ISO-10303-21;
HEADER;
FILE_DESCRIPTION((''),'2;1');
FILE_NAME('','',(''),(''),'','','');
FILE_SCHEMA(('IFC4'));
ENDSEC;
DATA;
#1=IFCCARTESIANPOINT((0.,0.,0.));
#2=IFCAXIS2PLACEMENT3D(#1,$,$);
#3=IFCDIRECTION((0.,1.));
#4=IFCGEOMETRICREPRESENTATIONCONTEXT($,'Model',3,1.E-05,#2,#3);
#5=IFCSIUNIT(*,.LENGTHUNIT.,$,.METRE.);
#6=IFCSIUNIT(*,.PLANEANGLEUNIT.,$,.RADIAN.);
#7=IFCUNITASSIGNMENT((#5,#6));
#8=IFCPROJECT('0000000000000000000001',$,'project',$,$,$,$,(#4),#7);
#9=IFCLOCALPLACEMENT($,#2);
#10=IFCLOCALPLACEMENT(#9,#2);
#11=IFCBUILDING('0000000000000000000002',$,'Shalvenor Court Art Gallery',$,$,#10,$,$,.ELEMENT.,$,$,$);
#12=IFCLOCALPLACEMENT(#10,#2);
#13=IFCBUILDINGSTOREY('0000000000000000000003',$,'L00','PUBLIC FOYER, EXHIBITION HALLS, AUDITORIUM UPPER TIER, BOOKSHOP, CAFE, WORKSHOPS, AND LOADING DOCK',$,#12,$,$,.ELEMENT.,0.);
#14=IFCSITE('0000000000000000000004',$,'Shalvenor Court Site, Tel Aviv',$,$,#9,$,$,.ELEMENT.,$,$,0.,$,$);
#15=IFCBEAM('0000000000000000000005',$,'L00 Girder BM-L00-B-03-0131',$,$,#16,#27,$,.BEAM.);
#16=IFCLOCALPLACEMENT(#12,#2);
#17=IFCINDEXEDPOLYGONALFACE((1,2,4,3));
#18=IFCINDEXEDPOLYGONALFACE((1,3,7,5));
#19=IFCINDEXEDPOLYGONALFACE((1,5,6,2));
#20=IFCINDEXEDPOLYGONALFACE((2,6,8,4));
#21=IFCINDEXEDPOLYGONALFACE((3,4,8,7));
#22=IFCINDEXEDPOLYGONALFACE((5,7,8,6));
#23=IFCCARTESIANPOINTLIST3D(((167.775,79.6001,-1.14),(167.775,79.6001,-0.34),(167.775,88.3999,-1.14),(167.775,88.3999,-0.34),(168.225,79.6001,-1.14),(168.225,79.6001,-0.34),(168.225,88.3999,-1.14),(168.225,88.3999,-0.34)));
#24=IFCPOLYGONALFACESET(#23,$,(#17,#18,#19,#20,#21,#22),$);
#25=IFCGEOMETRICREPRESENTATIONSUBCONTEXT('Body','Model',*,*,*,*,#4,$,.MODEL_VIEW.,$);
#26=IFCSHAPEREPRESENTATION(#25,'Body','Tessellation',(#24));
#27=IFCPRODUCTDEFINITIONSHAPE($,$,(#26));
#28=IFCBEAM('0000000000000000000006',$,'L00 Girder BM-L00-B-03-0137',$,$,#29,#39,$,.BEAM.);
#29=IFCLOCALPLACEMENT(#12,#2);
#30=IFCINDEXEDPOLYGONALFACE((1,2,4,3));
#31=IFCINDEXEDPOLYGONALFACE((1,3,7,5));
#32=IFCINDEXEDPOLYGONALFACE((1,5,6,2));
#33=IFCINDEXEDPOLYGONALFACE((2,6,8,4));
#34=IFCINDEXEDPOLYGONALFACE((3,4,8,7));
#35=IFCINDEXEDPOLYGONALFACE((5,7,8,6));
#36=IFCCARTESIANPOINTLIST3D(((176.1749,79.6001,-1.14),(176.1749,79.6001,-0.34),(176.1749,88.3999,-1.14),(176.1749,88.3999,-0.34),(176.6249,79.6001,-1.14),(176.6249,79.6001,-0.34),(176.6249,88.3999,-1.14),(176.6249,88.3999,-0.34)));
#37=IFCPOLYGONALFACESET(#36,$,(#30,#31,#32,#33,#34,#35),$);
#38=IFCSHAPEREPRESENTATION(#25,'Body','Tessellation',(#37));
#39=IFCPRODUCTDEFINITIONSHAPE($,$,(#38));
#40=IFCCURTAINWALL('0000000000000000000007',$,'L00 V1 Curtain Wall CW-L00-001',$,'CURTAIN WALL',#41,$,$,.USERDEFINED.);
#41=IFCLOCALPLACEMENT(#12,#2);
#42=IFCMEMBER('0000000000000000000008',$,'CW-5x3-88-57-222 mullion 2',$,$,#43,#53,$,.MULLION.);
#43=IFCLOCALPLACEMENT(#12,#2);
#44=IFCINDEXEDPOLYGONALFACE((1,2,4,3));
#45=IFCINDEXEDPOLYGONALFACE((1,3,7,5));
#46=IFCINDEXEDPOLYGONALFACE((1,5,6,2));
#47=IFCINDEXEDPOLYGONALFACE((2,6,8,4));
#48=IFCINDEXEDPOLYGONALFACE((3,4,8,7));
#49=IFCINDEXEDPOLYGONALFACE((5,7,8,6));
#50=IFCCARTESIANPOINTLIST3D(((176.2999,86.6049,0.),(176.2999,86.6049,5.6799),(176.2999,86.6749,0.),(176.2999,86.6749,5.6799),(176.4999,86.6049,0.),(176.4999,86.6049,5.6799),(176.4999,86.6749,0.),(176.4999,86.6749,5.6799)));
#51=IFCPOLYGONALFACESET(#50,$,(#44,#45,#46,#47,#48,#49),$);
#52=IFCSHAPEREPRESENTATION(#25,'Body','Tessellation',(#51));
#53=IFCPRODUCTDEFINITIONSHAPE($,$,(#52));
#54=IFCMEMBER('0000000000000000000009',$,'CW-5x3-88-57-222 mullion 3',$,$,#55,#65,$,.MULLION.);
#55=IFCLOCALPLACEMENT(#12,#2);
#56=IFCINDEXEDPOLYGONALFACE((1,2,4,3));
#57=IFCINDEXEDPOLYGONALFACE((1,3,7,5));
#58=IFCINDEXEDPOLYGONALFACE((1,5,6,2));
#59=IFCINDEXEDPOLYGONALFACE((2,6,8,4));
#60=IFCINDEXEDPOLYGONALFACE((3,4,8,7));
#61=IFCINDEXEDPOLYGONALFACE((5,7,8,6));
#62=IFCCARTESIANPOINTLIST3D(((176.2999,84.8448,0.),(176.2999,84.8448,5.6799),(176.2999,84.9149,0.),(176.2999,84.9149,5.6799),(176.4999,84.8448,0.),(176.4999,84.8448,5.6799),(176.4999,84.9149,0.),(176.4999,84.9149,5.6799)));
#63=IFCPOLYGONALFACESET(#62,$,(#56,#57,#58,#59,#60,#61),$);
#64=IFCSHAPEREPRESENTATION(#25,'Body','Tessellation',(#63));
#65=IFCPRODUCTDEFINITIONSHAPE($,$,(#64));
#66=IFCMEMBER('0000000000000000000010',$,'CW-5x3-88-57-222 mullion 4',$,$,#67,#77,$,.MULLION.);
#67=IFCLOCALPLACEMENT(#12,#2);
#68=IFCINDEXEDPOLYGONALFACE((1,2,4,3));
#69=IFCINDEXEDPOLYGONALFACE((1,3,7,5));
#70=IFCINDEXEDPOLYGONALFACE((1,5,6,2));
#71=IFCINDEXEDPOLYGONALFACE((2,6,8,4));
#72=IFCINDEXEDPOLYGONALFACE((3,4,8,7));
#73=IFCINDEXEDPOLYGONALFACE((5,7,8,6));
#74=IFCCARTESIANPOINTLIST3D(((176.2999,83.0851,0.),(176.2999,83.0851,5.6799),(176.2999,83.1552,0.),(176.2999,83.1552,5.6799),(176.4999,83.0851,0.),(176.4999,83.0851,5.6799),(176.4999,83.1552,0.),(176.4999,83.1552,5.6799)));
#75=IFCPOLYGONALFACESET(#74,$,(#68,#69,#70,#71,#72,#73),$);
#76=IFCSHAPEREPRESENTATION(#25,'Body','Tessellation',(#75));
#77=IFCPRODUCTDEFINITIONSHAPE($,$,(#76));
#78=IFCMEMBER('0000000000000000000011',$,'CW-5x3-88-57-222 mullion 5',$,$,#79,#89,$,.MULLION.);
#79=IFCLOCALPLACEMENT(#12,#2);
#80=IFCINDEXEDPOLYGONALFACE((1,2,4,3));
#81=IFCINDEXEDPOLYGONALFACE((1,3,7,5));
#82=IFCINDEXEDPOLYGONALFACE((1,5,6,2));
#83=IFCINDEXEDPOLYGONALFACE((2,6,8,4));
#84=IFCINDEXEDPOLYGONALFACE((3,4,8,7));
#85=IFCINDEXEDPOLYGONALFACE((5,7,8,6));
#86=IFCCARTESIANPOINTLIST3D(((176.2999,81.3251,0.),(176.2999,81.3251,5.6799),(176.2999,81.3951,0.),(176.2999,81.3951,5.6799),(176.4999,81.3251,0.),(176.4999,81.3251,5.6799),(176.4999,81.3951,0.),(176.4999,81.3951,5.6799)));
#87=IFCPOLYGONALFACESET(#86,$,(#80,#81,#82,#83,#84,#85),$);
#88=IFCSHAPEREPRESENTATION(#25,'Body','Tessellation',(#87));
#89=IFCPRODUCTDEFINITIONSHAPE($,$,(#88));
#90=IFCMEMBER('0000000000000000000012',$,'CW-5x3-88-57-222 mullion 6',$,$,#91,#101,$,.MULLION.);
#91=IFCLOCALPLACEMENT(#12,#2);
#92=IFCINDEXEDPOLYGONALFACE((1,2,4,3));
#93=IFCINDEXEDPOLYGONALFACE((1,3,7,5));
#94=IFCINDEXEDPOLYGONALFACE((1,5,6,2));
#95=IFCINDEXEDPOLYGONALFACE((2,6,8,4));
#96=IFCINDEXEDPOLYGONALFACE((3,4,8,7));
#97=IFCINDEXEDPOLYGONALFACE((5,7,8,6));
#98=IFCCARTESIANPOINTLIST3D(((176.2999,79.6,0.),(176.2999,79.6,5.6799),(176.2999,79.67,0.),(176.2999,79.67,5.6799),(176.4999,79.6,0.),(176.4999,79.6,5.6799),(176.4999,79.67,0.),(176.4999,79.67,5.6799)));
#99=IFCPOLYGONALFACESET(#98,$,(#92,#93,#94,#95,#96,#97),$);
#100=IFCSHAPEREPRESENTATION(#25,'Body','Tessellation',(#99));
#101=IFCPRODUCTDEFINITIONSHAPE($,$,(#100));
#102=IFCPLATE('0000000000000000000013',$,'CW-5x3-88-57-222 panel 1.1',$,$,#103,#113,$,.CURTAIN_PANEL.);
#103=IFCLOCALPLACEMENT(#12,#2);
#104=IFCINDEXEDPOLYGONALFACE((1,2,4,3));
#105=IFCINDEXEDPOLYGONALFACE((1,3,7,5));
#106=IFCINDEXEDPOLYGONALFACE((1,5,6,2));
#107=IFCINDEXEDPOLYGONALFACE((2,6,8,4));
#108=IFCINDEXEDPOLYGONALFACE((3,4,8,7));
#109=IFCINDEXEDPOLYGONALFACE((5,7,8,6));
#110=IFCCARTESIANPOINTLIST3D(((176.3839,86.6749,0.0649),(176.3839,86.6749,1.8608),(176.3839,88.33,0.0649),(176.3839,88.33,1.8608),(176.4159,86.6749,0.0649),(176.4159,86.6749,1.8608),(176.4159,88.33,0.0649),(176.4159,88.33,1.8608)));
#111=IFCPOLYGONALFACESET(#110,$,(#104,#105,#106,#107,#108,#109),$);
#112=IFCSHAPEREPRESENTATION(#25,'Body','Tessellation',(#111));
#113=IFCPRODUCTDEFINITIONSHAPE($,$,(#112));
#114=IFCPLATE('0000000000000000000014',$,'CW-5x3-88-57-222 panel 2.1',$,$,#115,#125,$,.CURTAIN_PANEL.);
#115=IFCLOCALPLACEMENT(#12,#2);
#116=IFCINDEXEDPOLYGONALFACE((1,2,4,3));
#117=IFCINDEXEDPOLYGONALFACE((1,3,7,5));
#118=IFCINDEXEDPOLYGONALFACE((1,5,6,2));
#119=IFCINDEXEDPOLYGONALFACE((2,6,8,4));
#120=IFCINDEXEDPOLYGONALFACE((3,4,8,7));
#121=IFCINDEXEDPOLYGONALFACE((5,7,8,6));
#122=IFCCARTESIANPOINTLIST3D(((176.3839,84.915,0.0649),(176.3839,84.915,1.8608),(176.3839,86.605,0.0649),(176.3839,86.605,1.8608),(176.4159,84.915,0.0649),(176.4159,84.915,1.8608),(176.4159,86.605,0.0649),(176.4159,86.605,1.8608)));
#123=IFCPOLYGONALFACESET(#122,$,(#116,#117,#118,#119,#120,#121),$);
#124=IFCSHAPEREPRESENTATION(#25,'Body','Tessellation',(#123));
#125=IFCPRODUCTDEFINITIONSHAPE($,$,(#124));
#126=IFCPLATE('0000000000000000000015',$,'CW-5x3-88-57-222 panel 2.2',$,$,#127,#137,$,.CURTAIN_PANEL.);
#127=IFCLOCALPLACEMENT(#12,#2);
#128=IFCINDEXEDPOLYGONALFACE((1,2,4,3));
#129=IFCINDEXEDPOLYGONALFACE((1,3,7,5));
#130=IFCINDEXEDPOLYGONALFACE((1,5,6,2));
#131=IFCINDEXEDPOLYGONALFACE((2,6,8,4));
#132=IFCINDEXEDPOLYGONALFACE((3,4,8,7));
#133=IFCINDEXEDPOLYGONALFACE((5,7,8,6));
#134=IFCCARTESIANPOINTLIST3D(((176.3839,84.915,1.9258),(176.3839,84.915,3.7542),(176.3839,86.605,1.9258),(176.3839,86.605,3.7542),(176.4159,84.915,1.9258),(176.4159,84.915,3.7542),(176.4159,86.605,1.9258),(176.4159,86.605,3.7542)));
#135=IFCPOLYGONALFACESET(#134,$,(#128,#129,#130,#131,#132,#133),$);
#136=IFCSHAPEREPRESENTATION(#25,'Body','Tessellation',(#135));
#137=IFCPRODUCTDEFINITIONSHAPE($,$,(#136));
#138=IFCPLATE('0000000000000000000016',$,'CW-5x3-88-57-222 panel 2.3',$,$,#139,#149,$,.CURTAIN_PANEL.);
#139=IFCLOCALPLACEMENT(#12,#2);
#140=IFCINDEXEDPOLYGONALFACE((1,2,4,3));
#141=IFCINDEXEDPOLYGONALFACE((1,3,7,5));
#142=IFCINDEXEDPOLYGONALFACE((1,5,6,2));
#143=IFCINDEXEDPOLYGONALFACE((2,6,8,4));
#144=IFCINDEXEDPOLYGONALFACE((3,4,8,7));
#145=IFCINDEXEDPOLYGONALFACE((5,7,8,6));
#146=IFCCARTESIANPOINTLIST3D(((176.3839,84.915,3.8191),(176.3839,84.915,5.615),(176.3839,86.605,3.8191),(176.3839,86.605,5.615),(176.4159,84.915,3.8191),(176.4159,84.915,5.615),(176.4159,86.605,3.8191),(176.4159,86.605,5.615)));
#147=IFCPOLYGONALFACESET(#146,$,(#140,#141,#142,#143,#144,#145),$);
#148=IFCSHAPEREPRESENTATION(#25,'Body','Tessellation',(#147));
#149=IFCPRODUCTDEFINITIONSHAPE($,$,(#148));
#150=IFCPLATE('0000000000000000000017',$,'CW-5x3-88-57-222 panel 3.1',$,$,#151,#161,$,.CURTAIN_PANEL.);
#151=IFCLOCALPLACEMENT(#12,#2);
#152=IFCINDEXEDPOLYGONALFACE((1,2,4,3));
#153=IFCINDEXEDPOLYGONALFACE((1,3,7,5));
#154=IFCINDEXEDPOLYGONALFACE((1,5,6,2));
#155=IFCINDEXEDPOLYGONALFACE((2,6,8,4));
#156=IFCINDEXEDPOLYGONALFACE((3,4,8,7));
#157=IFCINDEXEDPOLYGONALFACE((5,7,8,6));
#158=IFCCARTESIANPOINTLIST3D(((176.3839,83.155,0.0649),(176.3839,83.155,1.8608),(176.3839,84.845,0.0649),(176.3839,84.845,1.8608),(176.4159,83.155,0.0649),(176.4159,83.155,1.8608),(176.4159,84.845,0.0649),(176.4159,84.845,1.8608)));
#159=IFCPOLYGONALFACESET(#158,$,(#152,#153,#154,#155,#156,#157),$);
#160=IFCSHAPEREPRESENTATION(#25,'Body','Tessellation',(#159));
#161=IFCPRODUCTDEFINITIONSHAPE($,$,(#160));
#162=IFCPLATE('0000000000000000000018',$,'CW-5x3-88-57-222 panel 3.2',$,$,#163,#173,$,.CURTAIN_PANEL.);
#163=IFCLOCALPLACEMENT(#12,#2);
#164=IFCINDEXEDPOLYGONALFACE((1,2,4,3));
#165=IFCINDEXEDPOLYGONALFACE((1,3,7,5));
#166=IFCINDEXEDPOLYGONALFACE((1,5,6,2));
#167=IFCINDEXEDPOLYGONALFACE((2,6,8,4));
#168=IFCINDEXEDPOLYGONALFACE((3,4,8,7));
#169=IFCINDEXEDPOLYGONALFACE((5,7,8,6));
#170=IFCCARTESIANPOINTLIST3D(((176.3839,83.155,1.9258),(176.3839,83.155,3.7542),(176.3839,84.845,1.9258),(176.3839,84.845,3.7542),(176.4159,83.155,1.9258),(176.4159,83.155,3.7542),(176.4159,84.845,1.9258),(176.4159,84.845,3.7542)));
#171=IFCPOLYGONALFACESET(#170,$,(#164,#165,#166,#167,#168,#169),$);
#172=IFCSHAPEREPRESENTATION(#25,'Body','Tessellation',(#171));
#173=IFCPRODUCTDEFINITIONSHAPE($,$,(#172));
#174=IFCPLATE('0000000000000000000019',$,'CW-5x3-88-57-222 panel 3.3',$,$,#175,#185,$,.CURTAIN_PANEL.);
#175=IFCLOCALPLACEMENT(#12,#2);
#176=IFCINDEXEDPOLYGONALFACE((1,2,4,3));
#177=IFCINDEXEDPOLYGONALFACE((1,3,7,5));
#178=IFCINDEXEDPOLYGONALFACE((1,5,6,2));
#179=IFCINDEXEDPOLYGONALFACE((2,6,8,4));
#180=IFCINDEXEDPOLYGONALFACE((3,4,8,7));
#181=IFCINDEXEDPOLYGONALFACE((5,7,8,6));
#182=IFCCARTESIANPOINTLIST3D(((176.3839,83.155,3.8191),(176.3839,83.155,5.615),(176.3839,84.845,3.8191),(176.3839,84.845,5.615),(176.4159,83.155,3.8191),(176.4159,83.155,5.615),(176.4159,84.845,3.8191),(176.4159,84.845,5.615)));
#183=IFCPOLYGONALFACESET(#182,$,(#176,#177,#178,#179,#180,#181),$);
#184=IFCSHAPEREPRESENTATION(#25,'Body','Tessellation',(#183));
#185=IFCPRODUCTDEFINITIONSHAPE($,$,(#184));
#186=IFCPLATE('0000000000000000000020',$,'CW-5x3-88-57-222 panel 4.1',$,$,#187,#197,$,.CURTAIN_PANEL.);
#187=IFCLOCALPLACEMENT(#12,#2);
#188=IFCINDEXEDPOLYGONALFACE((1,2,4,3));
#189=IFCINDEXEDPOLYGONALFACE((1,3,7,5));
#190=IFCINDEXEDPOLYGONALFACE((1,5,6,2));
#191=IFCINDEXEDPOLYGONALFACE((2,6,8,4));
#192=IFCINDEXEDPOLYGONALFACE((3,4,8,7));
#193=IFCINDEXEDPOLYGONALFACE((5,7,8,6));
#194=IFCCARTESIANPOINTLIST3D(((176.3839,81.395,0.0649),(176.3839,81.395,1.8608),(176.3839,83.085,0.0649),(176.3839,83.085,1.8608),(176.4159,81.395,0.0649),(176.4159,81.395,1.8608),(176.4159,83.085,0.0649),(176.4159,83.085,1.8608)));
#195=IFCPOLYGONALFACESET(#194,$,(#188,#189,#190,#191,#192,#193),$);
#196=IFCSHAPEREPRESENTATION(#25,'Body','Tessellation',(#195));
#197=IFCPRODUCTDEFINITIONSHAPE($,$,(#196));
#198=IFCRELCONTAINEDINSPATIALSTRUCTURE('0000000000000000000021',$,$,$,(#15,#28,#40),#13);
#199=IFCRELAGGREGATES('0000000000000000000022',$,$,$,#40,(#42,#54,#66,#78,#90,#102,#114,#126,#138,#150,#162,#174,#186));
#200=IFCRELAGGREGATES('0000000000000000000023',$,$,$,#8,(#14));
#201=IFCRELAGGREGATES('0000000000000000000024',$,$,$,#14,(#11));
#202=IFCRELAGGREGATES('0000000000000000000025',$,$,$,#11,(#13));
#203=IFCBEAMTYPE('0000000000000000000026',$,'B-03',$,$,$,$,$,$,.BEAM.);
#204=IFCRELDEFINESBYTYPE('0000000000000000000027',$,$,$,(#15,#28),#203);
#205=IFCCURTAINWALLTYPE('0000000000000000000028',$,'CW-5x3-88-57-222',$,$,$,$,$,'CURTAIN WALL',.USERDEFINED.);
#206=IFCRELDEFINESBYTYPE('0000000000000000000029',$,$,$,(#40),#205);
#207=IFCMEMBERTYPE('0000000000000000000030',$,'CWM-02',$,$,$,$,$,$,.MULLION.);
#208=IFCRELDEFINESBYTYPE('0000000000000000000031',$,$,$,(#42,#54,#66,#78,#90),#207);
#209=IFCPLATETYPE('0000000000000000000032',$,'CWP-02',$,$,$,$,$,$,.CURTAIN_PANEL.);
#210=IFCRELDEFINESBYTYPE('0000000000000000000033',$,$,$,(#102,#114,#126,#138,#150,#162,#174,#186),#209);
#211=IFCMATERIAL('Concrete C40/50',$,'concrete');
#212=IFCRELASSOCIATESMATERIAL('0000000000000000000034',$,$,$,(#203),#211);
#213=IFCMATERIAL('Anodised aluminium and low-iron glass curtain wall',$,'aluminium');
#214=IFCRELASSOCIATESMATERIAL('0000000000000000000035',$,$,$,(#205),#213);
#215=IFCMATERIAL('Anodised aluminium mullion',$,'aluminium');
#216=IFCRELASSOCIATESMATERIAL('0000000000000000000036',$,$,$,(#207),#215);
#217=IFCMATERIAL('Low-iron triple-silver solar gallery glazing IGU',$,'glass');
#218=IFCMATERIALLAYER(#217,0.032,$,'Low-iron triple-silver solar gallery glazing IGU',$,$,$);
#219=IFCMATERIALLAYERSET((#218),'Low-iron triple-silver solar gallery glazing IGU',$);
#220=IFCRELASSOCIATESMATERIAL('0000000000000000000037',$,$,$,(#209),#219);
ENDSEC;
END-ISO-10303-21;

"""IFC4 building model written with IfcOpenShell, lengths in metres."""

from ifc_helpers import new_model, si_unit, direction, frame, origin, origin_2d, place, context, subcontext, project, spatial, rectangle, extrude, material, layer, layer_set, material_profile, profile_set, type_object, element, aggregate, save


model = new_model("IFC4")

# Units and contexts
model_context = context("Model", 3, precision=1e-05, world=origin(), true_north=direction((0.0, 1.0)))
body_context = subcontext(model_context, "Body", "Model", "MODEL_VIEW")
ifc_project = project(units=[si_unit("LENGTHUNIT", "METRE"), si_unit("PLANEANGLEUNIT", "RADIAN")], contexts=[model_context])

# Site, building, storey
site_placement = place(None, origin())
site = spatial("IfcSite", under=ifc_project, at=site_placement, Name="Shalvenor Court Site, Tel Aviv", CompositionType="ELEMENT", RefElevation=0.0)
building_placement = place(site_placement, origin())
building = spatial("IfcBuilding", under=site, at=building_placement, Name="Shalvenor Court Art Gallery", CompositionType="ELEMENT")
storey_placement = place(building_placement, origin())
storey = spatial("IfcBuildingStorey", under=building, at=storey_placement, Name="L00", Description="PUBLIC FOYER, EXHIBITION HALLS, AUDITORIUM UPPER TIER, BOOKSHOP, CAFE, WORKSHOPS, AND LOADING DOCK", CompositionType="ELEMENT", Elevation=0.0)

# Beams
ifc_material_1 = material(Name="Concrete C40/50", Category="concrete")
ifc_material_profile_1 = material_profile(ifc_material_1, rectangle(XDim=0.45, YDim=0.8, at=origin_2d()), Name="RC 450x800")
ifc_profile_set_1 = profile_set([ifc_material_profile_1], Name="Concrete C40/50")
beam_type = type_object("IfcBeamType", Name="B-03", PredefinedType="BEAM", material=ifc_profile_set_1)
for number, where, z_axis, x_axis, name in (
    (1, (168.0, 79.6001, -0.74), (0.0, 1.0, 0.0), (-1.0, 0.0, 0.0), "L00 Girder BM-L00-B-03-0131"),
    (2, (176.3999, 79.6001, -0.74), (0.0, 1.0, 0.0), (-1.0, 0.0, 0.0), "L00 Girder BM-L00-B-03-0137"),
):
    element("IfcBeam", number, at=place(storey_placement, frame(where, z_axis=z_axis, x_axis=x_axis)), inside=storey, type_object=beam_type, Name=name, PredefinedType="BEAM", context=body_context, shape_type="SweptSolid", body=[
        extrude(rectangle(XDim=0.45, YDim=0.8, at=origin_2d()), origin(), (0.0, 0.0, 1.0), 8.7998),
    ])

# Curtain wall, members, plates
ifc_material_2 = material(Name="Anodised aluminium and low-iron glass curtain wall", Category="aluminium")
curtain_wall_type = type_object("IfcCurtainWallType", Name="CW-5x3-88-57-222", ElementType="CURTAIN WALL", PredefinedType="USERDEFINED", material=ifc_material_2)
curtain_wall_placement = place(storey_placement, origin())
curtain_wall = element("IfcCurtainWall", 3, at=curtain_wall_placement, inside=storey, type_object=curtain_wall_type, Name="L00 V1 Curtain Wall CW-L00-001", ObjectType="CURTAIN WALL", PredefinedType="USERDEFINED")
ifc_material_3 = material(Name="Anodised aluminium mullion", Category="aluminium")
ifc_material_profile_2 = material_profile(ifc_material_3, rectangle(XDim=0.0701, YDim=0.2, at=origin_2d()), Name="CWM-02")
ifc_profile_set_2 = profile_set([ifc_material_profile_2], Name="Anodised aluminium mullion")
member_type = type_object("IfcMemberType", Name="CWM-02", PredefinedType="MULLION", material=ifc_profile_set_2)
member_1_placement = place(storey_placement, frame((176.3999, 86.6399, 0.0), z_axis=(0.0, 0.0, 1.0), x_axis=(0.0, -1.0, 0.0)))
member_1 = element("IfcMember", 4, at=member_1_placement, type_object=member_type, Name="CW-5x3-88-57-222 mullion 2", PredefinedType="MULLION", context=body_context, shape_type="SweptSolid", body=[
    extrude(rectangle(XDim=0.0701, YDim=0.2, at=origin_2d()), origin(), (0.0, 0.0, 1.0), 5.6799),
])
member_2_placement = place(storey_placement, frame((176.3999, 84.8799, 0.0), z_axis=(0.0, 0.0, 1.0), x_axis=(0.0, -1.0, 0.0)))
member_2 = element("IfcMember", 5, at=member_2_placement, type_object=member_type, Name="CW-5x3-88-57-222 mullion 3", PredefinedType="MULLION", context=body_context, shape_type="SweptSolid", body=[
    extrude(rectangle(XDim=0.0701, YDim=0.2, at=origin_2d()), origin(), (0.0, 0.0, 1.0), 5.6799),
])
member_3_placement = place(storey_placement, frame((176.3999, 83.1201, 0.0), z_axis=(0.0, 0.0, 1.0), x_axis=(0.0, -1.0, 0.0)))
member_3 = element("IfcMember", 6, at=member_3_placement, type_object=member_type, Name="CW-5x3-88-57-222 mullion 4", PredefinedType="MULLION", context=body_context, shape_type="SweptSolid", body=[
    extrude(rectangle(XDim=0.0701, YDim=0.2, at=origin_2d()), origin(), (0.0, 0.0, 1.0), 5.6799),
])
member_4_placement = place(storey_placement, frame((176.3999, 81.3601, 0.0), z_axis=(0.0, 0.0, 1.0), x_axis=(0.0, -1.0, 0.0)))
member_4 = element("IfcMember", 7, at=member_4_placement, type_object=member_type, Name="CW-5x3-88-57-222 mullion 5", PredefinedType="MULLION", context=body_context, shape_type="SweptSolid", body=[
    extrude(rectangle(XDim=0.0701, YDim=0.2, at=origin_2d()), origin(), (0.0, 0.0, 1.0), 5.6799),
])
member_5_placement = place(storey_placement, frame((176.3999, 79.635, 0.0), z_axis=(0.0, 0.0, 1.0), x_axis=(0.0, -1.0, 0.0)))
member_5 = element("IfcMember", 8, at=member_5_placement, type_object=member_type, Name="CW-5x3-88-57-222 mullion 6", PredefinedType="MULLION", context=body_context, shape_type="SweptSolid", body=[
    extrude(rectangle(XDim=0.0701, YDim=0.2, at=origin_2d()), origin(), (0.0, 0.0, 1.0), 5.6799),
])
ifc_material_4 = material(Name="Low-iron triple-silver solar gallery glazing IGU", Category="glass")
ifc_layer_1 = layer(ifc_material_4, 0.032, Name="Low-iron triple-silver solar gallery glazing IGU")
ifc_layer_set_1 = layer_set([ifc_layer_1], Name="Low-iron triple-silver solar gallery glazing IGU")
plate_type_1 = type_object("IfcPlateType", Name="CWP-02", PredefinedType="CURTAIN_PANEL", material=ifc_layer_set_1)
plate_1_placement = place(storey_placement, frame((176.3999, 87.5024, 0.0649), z_axis=(0.0, 0.0, 1.0), x_axis=(0.0, -1.0, 0.0)))
plate_1 = element("IfcPlate", 9, at=plate_1_placement, type_object=plate_type_1, Name="CW-5x3-88-57-222 panel 1.1", PredefinedType="CURTAIN_PANEL", context=body_context, shape_type="SweptSolid", body=[
    extrude(rectangle(XDim=1.655, YDim=0.032, at=origin_2d()), origin(), (0.0, 0.0, 1.0), 1.7959),
])
plate_2_placement = place(storey_placement, frame((176.3999, 85.76, 0.0649), z_axis=(0.0, 0.0, 1.0), x_axis=(0.0, -1.0, 0.0)))
plate_2 = element("IfcPlate", 10, at=plate_2_placement, type_object=plate_type_1, Name="CW-5x3-88-57-222 panel 2.1", PredefinedType="CURTAIN_PANEL", context=body_context, shape_type="SweptSolid", body=[
    extrude(rectangle(XDim=1.6899, YDim=0.032, at=origin_2d()), origin(), (0.0, 0.0, 1.0), 1.7959),
])
plate_3_placement = place(storey_placement, frame((176.3999, 85.76, 1.9258), z_axis=(0.0, 0.0, 1.0), x_axis=(0.0, -1.0, 0.0)))
plate_3 = element("IfcPlate", 11, at=plate_3_placement, type_object=plate_type_1, Name="CW-5x3-88-57-222 panel 2.2", PredefinedType="CURTAIN_PANEL", context=body_context, shape_type="SweptSolid", body=[
    extrude(rectangle(XDim=1.6899, YDim=0.032, at=origin_2d()), origin(), (0.0, 0.0, 1.0), 1.8284),
])
plate_4_placement = place(storey_placement, frame((176.3999, 85.76, 3.8191), z_axis=(0.0, 0.0, 1.0), x_axis=(0.0, -1.0, 0.0)))
plate_4 = element("IfcPlate", 12, at=plate_4_placement, type_object=plate_type_1, Name="CW-5x3-88-57-222 panel 2.3", PredefinedType="CURTAIN_PANEL", context=body_context, shape_type="SweptSolid", body=[
    extrude(rectangle(XDim=1.6899, YDim=0.032, at=origin_2d()), origin(), (0.0, 0.0, 1.0), 1.7959),
])
plate_5_placement = place(storey_placement, frame((176.3999, 84.0, 0.0649), z_axis=(0.0, 0.0, 1.0), x_axis=(0.0, -1.0, 0.0)))
plate_5 = element("IfcPlate", 13, at=plate_5_placement, type_object=plate_type_1, Name="CW-5x3-88-57-222 panel 3.1", PredefinedType="CURTAIN_PANEL", context=body_context, shape_type="SweptSolid", body=[
    extrude(rectangle(XDim=1.6899, YDim=0.032, at=origin_2d()), origin(), (0.0, 0.0, 1.0), 1.7959),
])
plate_6_placement = place(storey_placement, frame((176.3999, 84.0, 1.9258), z_axis=(0.0, 0.0, 1.0), x_axis=(0.0, -1.0, 0.0)))
plate_6 = element("IfcPlate", 14, at=plate_6_placement, type_object=plate_type_1, Name="CW-5x3-88-57-222 panel 3.2", PredefinedType="CURTAIN_PANEL", context=body_context, shape_type="SweptSolid", body=[
    extrude(rectangle(XDim=1.6899, YDim=0.032, at=origin_2d()), origin(), (0.0, 0.0, 1.0), 1.8284),
])
plate_7_placement = place(storey_placement, frame((176.3999, 84.0, 3.8191), z_axis=(0.0, 0.0, 1.0), x_axis=(0.0, -1.0, 0.0)))
plate_7 = element("IfcPlate", 15, at=plate_7_placement, type_object=plate_type_1, Name="CW-5x3-88-57-222 panel 3.3", PredefinedType="CURTAIN_PANEL", context=body_context, shape_type="SweptSolid", body=[
    extrude(rectangle(XDim=1.6899, YDim=0.032, at=origin_2d()), origin(), (0.0, 0.0, 1.0), 1.7959),
])
plate_8_placement = place(storey_placement, frame((176.3999, 82.24, 0.0649), z_axis=(0.0, 0.0, 1.0), x_axis=(0.0, -1.0, 0.0)))
plate_8 = element("IfcPlate", 16, at=plate_8_placement, type_object=plate_type_1, Name="CW-5x3-88-57-222 panel 4.1", PredefinedType="CURTAIN_PANEL", context=body_context, shape_type="SweptSolid", body=[
    extrude(rectangle(XDim=1.6899, YDim=0.032, at=origin_2d()), origin(), (0.0, 0.0, 1.0), 1.7959),
])
aggregate(curtain_wall, [member_1, member_2, member_3, member_4, member_5, plate_1, plate_2, plate_3, plate_4, plate_5, plate_6, plate_7, plate_8])

save(model, "model.ifc")
